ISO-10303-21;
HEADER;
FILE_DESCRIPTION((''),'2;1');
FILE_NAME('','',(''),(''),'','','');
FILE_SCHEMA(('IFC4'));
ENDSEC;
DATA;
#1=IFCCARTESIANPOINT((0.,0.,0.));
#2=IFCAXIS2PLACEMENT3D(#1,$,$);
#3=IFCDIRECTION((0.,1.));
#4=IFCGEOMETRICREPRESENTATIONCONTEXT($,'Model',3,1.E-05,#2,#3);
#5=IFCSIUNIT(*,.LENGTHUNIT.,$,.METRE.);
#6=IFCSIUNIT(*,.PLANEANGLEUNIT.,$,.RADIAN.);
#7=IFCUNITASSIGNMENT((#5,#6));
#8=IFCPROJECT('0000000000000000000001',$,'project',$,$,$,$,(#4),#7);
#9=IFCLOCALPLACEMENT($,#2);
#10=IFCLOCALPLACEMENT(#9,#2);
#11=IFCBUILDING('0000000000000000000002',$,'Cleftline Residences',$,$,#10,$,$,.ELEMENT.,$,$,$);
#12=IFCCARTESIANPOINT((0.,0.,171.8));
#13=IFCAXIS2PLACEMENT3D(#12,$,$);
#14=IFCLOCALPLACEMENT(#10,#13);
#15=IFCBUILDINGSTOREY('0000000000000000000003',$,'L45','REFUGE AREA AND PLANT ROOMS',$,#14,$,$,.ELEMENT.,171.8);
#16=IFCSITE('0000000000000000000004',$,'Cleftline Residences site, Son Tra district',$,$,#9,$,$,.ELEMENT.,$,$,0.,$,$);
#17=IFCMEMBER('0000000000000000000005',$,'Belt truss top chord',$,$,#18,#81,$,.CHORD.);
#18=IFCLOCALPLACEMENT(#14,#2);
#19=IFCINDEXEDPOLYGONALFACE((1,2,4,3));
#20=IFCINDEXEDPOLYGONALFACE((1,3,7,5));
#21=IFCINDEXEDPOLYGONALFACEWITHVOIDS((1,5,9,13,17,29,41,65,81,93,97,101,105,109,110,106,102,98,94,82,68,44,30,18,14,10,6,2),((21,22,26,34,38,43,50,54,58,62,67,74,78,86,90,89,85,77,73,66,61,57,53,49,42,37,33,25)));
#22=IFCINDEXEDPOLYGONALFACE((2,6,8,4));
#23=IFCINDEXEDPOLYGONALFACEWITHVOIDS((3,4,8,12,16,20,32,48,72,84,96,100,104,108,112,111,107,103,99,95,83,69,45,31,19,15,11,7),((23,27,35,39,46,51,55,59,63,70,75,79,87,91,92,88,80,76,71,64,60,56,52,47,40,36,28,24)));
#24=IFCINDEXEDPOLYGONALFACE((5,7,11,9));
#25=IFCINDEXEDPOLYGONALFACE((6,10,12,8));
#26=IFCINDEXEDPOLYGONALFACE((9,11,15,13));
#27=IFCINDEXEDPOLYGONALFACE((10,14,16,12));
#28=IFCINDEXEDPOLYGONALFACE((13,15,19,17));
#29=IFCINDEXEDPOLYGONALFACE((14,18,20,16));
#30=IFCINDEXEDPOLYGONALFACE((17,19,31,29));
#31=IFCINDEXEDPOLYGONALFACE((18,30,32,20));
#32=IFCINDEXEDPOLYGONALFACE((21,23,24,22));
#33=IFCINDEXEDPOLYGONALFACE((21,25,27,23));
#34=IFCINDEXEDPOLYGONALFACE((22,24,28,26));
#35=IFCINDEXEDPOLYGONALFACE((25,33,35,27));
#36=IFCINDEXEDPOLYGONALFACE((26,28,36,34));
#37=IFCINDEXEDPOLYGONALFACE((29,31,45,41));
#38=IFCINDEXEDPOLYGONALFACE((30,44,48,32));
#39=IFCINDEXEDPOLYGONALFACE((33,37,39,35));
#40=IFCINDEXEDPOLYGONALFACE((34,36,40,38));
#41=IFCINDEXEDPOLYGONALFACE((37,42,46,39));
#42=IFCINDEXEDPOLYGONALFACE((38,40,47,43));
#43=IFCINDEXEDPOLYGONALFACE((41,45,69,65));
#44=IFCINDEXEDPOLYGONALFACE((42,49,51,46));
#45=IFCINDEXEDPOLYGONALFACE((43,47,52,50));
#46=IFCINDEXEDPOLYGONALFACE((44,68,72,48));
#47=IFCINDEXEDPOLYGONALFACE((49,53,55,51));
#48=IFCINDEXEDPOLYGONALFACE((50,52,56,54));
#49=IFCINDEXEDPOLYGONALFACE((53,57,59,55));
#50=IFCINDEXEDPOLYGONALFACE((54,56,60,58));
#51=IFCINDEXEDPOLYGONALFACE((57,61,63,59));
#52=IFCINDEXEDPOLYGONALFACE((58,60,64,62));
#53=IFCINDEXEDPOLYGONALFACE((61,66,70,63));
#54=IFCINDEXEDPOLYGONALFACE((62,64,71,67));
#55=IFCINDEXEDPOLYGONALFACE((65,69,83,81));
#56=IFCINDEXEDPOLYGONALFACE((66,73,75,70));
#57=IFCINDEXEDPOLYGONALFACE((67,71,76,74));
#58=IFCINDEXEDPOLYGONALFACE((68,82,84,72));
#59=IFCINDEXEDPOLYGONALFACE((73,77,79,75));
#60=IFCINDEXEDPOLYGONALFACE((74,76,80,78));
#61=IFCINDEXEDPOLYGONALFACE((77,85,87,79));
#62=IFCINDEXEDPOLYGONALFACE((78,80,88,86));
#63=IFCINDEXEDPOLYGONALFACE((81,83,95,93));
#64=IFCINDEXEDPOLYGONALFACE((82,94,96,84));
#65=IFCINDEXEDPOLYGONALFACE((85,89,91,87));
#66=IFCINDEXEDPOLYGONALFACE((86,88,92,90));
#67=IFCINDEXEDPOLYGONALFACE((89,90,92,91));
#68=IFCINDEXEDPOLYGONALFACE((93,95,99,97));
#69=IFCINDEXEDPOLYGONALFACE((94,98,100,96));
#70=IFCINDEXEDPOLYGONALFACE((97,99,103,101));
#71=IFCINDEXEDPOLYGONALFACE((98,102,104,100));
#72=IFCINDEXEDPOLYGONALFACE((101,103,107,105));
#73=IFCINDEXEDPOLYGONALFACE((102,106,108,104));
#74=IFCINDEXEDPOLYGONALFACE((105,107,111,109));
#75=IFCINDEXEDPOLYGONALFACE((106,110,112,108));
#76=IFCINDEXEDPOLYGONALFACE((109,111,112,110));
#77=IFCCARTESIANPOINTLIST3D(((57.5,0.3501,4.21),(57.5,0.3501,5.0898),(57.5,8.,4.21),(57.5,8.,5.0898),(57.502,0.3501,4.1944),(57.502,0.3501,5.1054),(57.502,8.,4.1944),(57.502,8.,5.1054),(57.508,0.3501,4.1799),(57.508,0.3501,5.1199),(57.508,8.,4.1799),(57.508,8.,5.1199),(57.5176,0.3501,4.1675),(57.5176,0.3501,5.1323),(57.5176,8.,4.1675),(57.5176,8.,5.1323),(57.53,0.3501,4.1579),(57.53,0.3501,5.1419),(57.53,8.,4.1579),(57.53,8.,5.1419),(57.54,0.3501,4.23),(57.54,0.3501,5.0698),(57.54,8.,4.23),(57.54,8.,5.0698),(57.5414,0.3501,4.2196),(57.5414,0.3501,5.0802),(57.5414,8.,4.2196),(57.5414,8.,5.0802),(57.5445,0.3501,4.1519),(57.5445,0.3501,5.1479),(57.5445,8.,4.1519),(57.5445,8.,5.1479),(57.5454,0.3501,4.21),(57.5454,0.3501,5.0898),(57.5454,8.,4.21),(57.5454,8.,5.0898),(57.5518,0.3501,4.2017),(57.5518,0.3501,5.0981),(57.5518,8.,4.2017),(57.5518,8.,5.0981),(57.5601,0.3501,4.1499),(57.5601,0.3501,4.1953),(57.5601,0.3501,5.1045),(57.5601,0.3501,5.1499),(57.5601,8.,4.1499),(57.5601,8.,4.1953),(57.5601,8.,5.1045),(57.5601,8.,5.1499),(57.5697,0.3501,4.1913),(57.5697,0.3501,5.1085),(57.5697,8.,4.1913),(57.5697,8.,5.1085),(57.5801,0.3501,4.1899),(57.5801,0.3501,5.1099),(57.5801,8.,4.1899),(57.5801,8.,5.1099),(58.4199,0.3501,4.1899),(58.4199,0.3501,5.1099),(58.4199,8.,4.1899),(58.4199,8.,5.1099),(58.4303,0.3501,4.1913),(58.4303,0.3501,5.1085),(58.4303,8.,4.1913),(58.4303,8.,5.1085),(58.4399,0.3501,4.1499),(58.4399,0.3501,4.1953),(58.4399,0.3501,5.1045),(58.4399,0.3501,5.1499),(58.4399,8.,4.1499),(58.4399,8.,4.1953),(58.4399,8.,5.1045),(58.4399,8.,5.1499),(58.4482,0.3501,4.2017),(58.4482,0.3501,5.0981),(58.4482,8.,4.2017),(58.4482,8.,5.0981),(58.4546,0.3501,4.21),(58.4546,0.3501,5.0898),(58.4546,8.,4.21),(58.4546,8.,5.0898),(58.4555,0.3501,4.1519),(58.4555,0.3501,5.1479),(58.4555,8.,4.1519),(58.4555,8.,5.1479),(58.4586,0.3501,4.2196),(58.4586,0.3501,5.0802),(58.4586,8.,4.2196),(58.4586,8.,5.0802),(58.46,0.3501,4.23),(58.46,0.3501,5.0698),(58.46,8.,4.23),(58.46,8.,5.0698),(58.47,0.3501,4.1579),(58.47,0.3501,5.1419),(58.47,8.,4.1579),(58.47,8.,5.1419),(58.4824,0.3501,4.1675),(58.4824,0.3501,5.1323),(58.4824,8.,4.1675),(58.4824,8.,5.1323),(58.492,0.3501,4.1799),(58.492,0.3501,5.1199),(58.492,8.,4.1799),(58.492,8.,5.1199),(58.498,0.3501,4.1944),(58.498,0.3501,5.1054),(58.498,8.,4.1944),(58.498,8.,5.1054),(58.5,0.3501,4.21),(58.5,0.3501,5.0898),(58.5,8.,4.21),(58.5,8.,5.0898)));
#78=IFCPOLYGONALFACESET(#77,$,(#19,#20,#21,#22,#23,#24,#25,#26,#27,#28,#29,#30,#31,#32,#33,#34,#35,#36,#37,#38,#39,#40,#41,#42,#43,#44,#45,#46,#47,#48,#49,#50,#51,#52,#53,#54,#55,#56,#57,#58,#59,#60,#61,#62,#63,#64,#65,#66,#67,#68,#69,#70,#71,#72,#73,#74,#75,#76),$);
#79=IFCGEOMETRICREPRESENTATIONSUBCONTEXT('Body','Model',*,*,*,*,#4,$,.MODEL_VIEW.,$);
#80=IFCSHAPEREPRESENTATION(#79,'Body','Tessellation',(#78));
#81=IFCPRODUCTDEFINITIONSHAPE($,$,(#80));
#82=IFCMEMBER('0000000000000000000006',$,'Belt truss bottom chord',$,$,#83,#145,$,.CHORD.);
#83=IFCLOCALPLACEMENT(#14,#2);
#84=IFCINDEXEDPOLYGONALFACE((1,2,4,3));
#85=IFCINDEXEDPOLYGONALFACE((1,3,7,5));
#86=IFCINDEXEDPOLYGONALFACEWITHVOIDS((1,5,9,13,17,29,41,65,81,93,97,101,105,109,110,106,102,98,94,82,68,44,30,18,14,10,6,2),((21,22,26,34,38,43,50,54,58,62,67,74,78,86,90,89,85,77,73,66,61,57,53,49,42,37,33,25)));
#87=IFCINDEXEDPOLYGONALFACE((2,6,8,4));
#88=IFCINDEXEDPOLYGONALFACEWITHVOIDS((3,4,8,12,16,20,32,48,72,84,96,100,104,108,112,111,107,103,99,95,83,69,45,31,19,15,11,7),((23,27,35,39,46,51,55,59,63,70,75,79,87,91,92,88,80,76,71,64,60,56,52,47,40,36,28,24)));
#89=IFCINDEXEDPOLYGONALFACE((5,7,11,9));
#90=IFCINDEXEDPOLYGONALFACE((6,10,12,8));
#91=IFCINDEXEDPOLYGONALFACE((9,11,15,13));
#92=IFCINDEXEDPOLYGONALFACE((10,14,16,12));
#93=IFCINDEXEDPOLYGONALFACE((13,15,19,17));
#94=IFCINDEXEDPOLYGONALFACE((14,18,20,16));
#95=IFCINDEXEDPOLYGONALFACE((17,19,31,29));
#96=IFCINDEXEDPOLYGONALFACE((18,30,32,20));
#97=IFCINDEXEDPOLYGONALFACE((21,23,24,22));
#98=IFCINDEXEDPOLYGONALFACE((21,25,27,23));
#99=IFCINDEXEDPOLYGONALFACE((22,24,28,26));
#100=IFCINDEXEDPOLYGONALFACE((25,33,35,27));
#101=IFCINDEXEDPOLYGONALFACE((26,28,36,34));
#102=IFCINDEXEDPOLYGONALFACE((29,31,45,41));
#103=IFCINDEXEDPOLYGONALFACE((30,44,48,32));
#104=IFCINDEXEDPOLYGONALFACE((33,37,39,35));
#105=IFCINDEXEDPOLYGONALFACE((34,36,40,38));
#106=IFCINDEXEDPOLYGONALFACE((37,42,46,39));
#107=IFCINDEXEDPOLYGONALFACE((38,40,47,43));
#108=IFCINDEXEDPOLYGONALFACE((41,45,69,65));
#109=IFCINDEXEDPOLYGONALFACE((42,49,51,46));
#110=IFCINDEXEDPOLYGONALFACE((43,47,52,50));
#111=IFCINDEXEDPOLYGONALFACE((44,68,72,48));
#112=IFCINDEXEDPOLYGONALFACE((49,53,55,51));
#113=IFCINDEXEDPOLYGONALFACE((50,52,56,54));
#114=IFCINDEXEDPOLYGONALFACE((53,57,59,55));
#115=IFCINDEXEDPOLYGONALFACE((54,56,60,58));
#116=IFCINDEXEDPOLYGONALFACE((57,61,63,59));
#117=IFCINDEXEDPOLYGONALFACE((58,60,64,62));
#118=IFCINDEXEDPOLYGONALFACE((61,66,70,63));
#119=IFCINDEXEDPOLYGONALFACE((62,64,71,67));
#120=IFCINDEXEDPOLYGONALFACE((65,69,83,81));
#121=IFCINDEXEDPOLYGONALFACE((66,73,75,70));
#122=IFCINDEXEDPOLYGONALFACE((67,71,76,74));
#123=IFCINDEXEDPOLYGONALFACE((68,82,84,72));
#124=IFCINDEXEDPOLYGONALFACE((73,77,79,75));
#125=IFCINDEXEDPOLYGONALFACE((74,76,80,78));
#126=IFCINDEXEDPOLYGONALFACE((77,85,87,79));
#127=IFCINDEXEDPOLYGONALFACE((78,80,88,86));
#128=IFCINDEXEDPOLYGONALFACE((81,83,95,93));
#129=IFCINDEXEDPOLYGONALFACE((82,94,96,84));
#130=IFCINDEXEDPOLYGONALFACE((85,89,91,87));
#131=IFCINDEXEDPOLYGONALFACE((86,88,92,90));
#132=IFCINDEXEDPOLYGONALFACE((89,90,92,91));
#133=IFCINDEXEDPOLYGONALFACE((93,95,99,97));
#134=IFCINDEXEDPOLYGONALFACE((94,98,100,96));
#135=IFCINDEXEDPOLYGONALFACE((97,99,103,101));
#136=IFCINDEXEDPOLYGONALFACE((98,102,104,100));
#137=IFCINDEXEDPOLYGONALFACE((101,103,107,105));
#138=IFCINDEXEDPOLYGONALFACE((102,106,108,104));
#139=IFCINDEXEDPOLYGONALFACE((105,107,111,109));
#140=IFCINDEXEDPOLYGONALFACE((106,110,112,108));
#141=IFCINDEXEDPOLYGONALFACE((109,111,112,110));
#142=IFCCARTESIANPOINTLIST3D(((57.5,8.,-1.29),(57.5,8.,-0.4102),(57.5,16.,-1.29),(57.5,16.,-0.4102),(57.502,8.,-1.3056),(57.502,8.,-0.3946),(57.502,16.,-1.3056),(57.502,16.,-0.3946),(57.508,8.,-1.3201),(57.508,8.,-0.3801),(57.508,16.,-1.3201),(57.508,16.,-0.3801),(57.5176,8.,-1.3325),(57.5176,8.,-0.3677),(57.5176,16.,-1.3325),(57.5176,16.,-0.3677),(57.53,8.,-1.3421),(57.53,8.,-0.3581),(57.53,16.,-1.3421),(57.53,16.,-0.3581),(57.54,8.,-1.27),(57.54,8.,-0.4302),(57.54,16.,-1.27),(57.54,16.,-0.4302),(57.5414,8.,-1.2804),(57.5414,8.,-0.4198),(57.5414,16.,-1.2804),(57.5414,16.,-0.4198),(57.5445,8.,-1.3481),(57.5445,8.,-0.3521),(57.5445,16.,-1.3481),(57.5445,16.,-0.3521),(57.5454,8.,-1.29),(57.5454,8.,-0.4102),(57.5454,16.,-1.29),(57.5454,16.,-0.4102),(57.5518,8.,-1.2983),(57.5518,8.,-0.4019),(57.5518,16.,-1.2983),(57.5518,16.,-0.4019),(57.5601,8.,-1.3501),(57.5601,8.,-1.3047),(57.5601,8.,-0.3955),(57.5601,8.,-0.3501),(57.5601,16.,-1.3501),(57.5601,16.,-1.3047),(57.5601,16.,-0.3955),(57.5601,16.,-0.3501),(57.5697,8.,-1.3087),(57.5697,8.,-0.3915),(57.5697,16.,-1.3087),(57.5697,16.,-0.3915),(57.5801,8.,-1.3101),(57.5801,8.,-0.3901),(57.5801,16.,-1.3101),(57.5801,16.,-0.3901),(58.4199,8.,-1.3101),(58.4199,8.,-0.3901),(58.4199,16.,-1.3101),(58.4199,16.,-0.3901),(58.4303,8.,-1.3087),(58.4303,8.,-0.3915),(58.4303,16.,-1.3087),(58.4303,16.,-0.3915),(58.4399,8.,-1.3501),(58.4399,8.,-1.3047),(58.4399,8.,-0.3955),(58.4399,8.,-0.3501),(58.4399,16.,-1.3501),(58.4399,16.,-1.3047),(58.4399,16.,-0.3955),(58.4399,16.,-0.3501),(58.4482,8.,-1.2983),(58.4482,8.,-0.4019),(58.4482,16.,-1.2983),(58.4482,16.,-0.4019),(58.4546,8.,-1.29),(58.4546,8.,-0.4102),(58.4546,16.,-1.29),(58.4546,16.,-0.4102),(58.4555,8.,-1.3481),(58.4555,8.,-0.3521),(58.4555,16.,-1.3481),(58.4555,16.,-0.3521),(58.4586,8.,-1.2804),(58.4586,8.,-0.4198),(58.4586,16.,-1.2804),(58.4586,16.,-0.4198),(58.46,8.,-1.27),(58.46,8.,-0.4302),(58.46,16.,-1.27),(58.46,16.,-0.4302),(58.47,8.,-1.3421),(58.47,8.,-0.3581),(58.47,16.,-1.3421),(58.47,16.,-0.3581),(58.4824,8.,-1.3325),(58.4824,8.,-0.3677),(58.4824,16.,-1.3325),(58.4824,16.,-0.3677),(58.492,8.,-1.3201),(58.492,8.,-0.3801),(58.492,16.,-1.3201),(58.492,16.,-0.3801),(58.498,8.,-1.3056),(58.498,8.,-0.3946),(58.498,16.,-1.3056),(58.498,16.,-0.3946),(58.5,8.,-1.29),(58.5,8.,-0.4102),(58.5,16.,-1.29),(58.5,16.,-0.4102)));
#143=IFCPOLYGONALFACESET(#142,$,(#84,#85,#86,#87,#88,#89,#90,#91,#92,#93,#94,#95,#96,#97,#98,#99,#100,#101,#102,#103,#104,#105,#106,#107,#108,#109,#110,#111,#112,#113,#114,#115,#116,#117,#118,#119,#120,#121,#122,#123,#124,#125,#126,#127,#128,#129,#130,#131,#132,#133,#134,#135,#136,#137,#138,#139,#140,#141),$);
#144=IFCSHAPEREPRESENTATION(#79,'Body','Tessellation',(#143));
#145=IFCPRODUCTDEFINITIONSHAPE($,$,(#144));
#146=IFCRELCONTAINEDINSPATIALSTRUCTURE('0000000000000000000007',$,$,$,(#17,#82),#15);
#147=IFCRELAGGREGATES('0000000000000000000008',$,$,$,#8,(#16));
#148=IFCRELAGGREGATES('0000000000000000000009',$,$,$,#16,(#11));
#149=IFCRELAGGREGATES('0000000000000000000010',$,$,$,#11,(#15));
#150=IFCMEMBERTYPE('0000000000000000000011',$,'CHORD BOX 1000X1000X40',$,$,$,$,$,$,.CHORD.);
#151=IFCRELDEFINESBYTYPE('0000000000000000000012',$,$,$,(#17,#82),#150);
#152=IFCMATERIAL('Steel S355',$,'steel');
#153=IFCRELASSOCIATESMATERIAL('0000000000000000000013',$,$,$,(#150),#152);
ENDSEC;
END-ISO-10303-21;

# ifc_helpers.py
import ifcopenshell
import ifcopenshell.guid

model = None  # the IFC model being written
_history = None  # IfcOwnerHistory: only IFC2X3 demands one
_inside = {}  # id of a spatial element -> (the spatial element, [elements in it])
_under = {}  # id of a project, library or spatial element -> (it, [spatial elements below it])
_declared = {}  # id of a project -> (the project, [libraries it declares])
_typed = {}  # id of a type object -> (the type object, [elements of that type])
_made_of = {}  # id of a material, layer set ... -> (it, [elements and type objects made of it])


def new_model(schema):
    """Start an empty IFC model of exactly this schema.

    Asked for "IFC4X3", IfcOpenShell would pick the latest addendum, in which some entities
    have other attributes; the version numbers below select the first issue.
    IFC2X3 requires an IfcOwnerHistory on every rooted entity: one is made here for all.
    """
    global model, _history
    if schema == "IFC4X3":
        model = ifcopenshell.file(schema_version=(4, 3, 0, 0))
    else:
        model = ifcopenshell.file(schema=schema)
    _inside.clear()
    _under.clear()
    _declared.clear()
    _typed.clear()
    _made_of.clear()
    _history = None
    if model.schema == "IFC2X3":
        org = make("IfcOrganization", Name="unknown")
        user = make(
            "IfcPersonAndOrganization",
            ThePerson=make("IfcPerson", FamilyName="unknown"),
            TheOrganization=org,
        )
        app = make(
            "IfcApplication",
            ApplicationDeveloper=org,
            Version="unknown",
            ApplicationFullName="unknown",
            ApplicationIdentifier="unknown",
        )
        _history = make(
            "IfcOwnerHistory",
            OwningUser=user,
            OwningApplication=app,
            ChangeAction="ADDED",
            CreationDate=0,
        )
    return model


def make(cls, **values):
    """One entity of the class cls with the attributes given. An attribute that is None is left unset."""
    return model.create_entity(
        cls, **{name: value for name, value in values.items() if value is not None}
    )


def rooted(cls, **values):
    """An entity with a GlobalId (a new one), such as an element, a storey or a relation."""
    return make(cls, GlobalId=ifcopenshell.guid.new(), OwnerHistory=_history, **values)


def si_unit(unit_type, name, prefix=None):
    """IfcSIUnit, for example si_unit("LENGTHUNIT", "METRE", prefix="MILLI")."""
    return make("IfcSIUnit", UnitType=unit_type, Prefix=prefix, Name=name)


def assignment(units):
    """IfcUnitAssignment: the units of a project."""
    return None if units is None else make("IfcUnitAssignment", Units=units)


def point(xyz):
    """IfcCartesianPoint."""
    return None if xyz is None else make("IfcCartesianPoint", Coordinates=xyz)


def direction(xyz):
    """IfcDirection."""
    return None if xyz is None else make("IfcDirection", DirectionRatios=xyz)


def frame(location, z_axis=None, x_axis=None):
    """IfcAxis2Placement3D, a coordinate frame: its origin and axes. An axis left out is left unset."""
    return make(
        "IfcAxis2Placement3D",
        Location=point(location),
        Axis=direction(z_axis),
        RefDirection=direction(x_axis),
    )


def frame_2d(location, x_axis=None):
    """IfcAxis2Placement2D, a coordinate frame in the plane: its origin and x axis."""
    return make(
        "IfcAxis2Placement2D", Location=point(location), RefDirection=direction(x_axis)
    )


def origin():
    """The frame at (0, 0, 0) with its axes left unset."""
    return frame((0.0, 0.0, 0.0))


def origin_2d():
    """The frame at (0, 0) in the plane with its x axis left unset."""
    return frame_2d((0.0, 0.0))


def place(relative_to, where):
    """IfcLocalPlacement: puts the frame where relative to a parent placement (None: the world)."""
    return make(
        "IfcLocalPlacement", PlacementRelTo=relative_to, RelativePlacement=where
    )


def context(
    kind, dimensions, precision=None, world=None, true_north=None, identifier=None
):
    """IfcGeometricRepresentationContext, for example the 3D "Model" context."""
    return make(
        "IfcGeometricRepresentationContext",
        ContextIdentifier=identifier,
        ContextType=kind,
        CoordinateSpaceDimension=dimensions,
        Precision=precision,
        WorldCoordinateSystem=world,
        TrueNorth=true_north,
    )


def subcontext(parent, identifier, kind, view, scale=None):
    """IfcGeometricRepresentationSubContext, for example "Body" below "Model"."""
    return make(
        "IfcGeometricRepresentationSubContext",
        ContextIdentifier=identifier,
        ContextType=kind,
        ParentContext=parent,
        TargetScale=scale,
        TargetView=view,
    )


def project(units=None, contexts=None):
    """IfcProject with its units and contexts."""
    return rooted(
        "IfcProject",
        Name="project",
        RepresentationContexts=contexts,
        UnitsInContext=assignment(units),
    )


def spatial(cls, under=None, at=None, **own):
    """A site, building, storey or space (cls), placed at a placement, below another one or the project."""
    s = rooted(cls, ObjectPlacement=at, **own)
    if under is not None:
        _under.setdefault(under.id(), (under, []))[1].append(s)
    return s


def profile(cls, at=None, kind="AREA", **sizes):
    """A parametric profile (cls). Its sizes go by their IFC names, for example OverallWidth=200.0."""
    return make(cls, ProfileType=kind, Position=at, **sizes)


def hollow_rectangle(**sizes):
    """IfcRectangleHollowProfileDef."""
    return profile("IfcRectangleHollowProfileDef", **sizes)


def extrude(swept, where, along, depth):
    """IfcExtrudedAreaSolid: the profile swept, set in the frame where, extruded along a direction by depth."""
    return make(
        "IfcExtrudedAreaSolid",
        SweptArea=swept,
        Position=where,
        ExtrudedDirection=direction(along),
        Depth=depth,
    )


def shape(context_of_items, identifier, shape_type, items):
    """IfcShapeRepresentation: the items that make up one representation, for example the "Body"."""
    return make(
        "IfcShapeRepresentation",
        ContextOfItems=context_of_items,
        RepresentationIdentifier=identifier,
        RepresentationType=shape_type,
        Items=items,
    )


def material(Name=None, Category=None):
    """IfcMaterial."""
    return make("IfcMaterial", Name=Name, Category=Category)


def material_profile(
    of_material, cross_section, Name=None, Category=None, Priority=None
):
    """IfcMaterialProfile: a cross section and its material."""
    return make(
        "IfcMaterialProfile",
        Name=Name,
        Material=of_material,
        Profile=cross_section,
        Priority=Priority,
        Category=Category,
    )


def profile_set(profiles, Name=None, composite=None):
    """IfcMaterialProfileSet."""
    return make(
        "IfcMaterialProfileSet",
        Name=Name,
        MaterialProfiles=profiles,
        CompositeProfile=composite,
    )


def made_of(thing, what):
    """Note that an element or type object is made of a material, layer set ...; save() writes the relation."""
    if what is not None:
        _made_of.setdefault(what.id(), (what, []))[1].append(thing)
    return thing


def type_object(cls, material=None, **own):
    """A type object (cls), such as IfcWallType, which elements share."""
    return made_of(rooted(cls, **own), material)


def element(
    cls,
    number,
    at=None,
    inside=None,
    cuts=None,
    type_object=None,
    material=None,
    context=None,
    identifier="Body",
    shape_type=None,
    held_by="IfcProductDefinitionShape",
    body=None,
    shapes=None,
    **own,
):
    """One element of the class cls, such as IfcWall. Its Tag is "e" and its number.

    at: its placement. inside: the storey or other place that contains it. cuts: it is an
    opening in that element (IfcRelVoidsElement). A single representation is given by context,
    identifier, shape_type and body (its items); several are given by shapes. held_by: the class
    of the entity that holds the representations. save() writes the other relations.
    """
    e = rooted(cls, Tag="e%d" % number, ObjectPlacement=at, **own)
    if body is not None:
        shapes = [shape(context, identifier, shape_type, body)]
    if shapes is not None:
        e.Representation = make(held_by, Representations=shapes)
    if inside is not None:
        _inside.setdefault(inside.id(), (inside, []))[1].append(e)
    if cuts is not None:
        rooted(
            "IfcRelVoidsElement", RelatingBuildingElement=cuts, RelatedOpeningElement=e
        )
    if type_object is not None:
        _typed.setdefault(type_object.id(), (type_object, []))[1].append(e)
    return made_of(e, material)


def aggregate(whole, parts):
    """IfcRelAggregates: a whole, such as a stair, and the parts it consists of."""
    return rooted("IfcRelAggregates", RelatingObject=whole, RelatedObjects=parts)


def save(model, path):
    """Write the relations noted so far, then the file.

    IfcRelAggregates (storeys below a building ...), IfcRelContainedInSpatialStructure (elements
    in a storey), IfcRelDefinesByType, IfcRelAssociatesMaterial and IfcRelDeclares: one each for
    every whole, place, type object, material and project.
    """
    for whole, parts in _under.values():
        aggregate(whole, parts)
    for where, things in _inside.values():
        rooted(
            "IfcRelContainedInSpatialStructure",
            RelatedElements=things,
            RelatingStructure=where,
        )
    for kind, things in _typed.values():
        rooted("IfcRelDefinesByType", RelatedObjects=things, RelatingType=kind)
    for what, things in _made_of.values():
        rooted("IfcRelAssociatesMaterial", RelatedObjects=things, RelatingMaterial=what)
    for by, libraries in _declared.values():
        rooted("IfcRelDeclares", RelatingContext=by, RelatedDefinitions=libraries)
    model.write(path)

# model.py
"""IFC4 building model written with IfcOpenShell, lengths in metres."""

from ifc_helpers import new_model, si_unit, direction, frame, origin, origin_2d, place, context, subcontext, project, spatial, hollow_rectangle, extrude, material, material_profile, profile_set, type_object, element, save


model = new_model("IFC4")

# Units and contexts
model_context = context("Model", 3, precision=1e-05, world=origin(), true_north=direction((0.0, 1.0)))
body_context = subcontext(model_context, "Body", "Model", "MODEL_VIEW")
ifc_project = project(units=[si_unit("LENGTHUNIT", "METRE"), si_unit("PLANEANGLEUNIT", "RADIAN")], contexts=[model_context])

# Site, building, storey
site_placement = place(None, origin())
site = spatial("IfcSite", under=ifc_project, at=site_placement, Name="Cleftline Residences site, Son Tra district", CompositionType="ELEMENT", RefElevation=0.0)
building_placement = place(site_placement, origin())
building = spatial("IfcBuilding", under=site, at=building_placement, Name="Cleftline Residences", CompositionType="ELEMENT")
storey_placement = place(building_placement, frame((0.0, 0.0, 171.8)))
storey = spatial("IfcBuildingStorey", under=building, at=storey_placement, Name="L45", Description="REFUGE AREA AND PLANT ROOMS", CompositionType="ELEMENT", Elevation=171.8)

# Members
ifc_material_1 = material(Name="Steel S355", Category="steel")
ifc_material_profile_1 = material_profile(ifc_material_1, hollow_rectangle(XDim=1.0, YDim=1.0, WallThickness=0.04, InnerFilletRadius=0.04, OuterFilletRadius=0.0601, at=origin_2d()))
ifc_profile_set_1 = profile_set([ifc_material_profile_1], Name="Steel S355")
member_type_1 = type_object("IfcMemberType", Name="CHORD BOX 1000X1000X40", PredefinedType="CHORD", material=ifc_profile_set_1)
for number, where, z_axis, x_axis, name in (
    (1, (58.0, 0.3501, 4.6499), (0.0, 1.0, 0.0), (-1.0, 0.0, 0.0), "Belt truss top chord"),
):
    element("IfcMember", number, at=place(storey_placement, frame(where, z_axis=z_axis, x_axis=x_axis)), inside=storey, type_object=member_type_1, Name=name, PredefinedType="CHORD", context=body_context, shape_type="SweptSolid", body=[
        extrude(hollow_rectangle(XDim=1.0, YDim=1.0, WallThickness=0.04, InnerFilletRadius=0.04, OuterFilletRadius=0.0601, at=origin_2d()), origin(), (0.0, 0.0, 1.0), 7.6499),
    ])
for number, where, z_axis, x_axis, name in (
    (2, (58.0, 8.0, -0.8501), (0.0, 1.0, 0.0), (-1.0, 0.0, 0.0), "Belt truss bottom chord"),
):
    element("IfcMember", number, at=place(storey_placement, frame(where, z_axis=z_axis, x_axis=x_axis)), inside=storey, type_object=member_type_1, Name=name, PredefinedType="CHORD", context=body_context, shape_type="SweptSolid", body=[
        extrude(hollow_rectangle(XDim=1.0, YDim=1.0, WallThickness=0.04, InnerFilletRadius=0.04, OuterFilletRadius=0.0601, at=origin_2d()), origin(), (0.0, 0.0, 1.0), 8.0),
    ])

save(model, "model.ifc")
